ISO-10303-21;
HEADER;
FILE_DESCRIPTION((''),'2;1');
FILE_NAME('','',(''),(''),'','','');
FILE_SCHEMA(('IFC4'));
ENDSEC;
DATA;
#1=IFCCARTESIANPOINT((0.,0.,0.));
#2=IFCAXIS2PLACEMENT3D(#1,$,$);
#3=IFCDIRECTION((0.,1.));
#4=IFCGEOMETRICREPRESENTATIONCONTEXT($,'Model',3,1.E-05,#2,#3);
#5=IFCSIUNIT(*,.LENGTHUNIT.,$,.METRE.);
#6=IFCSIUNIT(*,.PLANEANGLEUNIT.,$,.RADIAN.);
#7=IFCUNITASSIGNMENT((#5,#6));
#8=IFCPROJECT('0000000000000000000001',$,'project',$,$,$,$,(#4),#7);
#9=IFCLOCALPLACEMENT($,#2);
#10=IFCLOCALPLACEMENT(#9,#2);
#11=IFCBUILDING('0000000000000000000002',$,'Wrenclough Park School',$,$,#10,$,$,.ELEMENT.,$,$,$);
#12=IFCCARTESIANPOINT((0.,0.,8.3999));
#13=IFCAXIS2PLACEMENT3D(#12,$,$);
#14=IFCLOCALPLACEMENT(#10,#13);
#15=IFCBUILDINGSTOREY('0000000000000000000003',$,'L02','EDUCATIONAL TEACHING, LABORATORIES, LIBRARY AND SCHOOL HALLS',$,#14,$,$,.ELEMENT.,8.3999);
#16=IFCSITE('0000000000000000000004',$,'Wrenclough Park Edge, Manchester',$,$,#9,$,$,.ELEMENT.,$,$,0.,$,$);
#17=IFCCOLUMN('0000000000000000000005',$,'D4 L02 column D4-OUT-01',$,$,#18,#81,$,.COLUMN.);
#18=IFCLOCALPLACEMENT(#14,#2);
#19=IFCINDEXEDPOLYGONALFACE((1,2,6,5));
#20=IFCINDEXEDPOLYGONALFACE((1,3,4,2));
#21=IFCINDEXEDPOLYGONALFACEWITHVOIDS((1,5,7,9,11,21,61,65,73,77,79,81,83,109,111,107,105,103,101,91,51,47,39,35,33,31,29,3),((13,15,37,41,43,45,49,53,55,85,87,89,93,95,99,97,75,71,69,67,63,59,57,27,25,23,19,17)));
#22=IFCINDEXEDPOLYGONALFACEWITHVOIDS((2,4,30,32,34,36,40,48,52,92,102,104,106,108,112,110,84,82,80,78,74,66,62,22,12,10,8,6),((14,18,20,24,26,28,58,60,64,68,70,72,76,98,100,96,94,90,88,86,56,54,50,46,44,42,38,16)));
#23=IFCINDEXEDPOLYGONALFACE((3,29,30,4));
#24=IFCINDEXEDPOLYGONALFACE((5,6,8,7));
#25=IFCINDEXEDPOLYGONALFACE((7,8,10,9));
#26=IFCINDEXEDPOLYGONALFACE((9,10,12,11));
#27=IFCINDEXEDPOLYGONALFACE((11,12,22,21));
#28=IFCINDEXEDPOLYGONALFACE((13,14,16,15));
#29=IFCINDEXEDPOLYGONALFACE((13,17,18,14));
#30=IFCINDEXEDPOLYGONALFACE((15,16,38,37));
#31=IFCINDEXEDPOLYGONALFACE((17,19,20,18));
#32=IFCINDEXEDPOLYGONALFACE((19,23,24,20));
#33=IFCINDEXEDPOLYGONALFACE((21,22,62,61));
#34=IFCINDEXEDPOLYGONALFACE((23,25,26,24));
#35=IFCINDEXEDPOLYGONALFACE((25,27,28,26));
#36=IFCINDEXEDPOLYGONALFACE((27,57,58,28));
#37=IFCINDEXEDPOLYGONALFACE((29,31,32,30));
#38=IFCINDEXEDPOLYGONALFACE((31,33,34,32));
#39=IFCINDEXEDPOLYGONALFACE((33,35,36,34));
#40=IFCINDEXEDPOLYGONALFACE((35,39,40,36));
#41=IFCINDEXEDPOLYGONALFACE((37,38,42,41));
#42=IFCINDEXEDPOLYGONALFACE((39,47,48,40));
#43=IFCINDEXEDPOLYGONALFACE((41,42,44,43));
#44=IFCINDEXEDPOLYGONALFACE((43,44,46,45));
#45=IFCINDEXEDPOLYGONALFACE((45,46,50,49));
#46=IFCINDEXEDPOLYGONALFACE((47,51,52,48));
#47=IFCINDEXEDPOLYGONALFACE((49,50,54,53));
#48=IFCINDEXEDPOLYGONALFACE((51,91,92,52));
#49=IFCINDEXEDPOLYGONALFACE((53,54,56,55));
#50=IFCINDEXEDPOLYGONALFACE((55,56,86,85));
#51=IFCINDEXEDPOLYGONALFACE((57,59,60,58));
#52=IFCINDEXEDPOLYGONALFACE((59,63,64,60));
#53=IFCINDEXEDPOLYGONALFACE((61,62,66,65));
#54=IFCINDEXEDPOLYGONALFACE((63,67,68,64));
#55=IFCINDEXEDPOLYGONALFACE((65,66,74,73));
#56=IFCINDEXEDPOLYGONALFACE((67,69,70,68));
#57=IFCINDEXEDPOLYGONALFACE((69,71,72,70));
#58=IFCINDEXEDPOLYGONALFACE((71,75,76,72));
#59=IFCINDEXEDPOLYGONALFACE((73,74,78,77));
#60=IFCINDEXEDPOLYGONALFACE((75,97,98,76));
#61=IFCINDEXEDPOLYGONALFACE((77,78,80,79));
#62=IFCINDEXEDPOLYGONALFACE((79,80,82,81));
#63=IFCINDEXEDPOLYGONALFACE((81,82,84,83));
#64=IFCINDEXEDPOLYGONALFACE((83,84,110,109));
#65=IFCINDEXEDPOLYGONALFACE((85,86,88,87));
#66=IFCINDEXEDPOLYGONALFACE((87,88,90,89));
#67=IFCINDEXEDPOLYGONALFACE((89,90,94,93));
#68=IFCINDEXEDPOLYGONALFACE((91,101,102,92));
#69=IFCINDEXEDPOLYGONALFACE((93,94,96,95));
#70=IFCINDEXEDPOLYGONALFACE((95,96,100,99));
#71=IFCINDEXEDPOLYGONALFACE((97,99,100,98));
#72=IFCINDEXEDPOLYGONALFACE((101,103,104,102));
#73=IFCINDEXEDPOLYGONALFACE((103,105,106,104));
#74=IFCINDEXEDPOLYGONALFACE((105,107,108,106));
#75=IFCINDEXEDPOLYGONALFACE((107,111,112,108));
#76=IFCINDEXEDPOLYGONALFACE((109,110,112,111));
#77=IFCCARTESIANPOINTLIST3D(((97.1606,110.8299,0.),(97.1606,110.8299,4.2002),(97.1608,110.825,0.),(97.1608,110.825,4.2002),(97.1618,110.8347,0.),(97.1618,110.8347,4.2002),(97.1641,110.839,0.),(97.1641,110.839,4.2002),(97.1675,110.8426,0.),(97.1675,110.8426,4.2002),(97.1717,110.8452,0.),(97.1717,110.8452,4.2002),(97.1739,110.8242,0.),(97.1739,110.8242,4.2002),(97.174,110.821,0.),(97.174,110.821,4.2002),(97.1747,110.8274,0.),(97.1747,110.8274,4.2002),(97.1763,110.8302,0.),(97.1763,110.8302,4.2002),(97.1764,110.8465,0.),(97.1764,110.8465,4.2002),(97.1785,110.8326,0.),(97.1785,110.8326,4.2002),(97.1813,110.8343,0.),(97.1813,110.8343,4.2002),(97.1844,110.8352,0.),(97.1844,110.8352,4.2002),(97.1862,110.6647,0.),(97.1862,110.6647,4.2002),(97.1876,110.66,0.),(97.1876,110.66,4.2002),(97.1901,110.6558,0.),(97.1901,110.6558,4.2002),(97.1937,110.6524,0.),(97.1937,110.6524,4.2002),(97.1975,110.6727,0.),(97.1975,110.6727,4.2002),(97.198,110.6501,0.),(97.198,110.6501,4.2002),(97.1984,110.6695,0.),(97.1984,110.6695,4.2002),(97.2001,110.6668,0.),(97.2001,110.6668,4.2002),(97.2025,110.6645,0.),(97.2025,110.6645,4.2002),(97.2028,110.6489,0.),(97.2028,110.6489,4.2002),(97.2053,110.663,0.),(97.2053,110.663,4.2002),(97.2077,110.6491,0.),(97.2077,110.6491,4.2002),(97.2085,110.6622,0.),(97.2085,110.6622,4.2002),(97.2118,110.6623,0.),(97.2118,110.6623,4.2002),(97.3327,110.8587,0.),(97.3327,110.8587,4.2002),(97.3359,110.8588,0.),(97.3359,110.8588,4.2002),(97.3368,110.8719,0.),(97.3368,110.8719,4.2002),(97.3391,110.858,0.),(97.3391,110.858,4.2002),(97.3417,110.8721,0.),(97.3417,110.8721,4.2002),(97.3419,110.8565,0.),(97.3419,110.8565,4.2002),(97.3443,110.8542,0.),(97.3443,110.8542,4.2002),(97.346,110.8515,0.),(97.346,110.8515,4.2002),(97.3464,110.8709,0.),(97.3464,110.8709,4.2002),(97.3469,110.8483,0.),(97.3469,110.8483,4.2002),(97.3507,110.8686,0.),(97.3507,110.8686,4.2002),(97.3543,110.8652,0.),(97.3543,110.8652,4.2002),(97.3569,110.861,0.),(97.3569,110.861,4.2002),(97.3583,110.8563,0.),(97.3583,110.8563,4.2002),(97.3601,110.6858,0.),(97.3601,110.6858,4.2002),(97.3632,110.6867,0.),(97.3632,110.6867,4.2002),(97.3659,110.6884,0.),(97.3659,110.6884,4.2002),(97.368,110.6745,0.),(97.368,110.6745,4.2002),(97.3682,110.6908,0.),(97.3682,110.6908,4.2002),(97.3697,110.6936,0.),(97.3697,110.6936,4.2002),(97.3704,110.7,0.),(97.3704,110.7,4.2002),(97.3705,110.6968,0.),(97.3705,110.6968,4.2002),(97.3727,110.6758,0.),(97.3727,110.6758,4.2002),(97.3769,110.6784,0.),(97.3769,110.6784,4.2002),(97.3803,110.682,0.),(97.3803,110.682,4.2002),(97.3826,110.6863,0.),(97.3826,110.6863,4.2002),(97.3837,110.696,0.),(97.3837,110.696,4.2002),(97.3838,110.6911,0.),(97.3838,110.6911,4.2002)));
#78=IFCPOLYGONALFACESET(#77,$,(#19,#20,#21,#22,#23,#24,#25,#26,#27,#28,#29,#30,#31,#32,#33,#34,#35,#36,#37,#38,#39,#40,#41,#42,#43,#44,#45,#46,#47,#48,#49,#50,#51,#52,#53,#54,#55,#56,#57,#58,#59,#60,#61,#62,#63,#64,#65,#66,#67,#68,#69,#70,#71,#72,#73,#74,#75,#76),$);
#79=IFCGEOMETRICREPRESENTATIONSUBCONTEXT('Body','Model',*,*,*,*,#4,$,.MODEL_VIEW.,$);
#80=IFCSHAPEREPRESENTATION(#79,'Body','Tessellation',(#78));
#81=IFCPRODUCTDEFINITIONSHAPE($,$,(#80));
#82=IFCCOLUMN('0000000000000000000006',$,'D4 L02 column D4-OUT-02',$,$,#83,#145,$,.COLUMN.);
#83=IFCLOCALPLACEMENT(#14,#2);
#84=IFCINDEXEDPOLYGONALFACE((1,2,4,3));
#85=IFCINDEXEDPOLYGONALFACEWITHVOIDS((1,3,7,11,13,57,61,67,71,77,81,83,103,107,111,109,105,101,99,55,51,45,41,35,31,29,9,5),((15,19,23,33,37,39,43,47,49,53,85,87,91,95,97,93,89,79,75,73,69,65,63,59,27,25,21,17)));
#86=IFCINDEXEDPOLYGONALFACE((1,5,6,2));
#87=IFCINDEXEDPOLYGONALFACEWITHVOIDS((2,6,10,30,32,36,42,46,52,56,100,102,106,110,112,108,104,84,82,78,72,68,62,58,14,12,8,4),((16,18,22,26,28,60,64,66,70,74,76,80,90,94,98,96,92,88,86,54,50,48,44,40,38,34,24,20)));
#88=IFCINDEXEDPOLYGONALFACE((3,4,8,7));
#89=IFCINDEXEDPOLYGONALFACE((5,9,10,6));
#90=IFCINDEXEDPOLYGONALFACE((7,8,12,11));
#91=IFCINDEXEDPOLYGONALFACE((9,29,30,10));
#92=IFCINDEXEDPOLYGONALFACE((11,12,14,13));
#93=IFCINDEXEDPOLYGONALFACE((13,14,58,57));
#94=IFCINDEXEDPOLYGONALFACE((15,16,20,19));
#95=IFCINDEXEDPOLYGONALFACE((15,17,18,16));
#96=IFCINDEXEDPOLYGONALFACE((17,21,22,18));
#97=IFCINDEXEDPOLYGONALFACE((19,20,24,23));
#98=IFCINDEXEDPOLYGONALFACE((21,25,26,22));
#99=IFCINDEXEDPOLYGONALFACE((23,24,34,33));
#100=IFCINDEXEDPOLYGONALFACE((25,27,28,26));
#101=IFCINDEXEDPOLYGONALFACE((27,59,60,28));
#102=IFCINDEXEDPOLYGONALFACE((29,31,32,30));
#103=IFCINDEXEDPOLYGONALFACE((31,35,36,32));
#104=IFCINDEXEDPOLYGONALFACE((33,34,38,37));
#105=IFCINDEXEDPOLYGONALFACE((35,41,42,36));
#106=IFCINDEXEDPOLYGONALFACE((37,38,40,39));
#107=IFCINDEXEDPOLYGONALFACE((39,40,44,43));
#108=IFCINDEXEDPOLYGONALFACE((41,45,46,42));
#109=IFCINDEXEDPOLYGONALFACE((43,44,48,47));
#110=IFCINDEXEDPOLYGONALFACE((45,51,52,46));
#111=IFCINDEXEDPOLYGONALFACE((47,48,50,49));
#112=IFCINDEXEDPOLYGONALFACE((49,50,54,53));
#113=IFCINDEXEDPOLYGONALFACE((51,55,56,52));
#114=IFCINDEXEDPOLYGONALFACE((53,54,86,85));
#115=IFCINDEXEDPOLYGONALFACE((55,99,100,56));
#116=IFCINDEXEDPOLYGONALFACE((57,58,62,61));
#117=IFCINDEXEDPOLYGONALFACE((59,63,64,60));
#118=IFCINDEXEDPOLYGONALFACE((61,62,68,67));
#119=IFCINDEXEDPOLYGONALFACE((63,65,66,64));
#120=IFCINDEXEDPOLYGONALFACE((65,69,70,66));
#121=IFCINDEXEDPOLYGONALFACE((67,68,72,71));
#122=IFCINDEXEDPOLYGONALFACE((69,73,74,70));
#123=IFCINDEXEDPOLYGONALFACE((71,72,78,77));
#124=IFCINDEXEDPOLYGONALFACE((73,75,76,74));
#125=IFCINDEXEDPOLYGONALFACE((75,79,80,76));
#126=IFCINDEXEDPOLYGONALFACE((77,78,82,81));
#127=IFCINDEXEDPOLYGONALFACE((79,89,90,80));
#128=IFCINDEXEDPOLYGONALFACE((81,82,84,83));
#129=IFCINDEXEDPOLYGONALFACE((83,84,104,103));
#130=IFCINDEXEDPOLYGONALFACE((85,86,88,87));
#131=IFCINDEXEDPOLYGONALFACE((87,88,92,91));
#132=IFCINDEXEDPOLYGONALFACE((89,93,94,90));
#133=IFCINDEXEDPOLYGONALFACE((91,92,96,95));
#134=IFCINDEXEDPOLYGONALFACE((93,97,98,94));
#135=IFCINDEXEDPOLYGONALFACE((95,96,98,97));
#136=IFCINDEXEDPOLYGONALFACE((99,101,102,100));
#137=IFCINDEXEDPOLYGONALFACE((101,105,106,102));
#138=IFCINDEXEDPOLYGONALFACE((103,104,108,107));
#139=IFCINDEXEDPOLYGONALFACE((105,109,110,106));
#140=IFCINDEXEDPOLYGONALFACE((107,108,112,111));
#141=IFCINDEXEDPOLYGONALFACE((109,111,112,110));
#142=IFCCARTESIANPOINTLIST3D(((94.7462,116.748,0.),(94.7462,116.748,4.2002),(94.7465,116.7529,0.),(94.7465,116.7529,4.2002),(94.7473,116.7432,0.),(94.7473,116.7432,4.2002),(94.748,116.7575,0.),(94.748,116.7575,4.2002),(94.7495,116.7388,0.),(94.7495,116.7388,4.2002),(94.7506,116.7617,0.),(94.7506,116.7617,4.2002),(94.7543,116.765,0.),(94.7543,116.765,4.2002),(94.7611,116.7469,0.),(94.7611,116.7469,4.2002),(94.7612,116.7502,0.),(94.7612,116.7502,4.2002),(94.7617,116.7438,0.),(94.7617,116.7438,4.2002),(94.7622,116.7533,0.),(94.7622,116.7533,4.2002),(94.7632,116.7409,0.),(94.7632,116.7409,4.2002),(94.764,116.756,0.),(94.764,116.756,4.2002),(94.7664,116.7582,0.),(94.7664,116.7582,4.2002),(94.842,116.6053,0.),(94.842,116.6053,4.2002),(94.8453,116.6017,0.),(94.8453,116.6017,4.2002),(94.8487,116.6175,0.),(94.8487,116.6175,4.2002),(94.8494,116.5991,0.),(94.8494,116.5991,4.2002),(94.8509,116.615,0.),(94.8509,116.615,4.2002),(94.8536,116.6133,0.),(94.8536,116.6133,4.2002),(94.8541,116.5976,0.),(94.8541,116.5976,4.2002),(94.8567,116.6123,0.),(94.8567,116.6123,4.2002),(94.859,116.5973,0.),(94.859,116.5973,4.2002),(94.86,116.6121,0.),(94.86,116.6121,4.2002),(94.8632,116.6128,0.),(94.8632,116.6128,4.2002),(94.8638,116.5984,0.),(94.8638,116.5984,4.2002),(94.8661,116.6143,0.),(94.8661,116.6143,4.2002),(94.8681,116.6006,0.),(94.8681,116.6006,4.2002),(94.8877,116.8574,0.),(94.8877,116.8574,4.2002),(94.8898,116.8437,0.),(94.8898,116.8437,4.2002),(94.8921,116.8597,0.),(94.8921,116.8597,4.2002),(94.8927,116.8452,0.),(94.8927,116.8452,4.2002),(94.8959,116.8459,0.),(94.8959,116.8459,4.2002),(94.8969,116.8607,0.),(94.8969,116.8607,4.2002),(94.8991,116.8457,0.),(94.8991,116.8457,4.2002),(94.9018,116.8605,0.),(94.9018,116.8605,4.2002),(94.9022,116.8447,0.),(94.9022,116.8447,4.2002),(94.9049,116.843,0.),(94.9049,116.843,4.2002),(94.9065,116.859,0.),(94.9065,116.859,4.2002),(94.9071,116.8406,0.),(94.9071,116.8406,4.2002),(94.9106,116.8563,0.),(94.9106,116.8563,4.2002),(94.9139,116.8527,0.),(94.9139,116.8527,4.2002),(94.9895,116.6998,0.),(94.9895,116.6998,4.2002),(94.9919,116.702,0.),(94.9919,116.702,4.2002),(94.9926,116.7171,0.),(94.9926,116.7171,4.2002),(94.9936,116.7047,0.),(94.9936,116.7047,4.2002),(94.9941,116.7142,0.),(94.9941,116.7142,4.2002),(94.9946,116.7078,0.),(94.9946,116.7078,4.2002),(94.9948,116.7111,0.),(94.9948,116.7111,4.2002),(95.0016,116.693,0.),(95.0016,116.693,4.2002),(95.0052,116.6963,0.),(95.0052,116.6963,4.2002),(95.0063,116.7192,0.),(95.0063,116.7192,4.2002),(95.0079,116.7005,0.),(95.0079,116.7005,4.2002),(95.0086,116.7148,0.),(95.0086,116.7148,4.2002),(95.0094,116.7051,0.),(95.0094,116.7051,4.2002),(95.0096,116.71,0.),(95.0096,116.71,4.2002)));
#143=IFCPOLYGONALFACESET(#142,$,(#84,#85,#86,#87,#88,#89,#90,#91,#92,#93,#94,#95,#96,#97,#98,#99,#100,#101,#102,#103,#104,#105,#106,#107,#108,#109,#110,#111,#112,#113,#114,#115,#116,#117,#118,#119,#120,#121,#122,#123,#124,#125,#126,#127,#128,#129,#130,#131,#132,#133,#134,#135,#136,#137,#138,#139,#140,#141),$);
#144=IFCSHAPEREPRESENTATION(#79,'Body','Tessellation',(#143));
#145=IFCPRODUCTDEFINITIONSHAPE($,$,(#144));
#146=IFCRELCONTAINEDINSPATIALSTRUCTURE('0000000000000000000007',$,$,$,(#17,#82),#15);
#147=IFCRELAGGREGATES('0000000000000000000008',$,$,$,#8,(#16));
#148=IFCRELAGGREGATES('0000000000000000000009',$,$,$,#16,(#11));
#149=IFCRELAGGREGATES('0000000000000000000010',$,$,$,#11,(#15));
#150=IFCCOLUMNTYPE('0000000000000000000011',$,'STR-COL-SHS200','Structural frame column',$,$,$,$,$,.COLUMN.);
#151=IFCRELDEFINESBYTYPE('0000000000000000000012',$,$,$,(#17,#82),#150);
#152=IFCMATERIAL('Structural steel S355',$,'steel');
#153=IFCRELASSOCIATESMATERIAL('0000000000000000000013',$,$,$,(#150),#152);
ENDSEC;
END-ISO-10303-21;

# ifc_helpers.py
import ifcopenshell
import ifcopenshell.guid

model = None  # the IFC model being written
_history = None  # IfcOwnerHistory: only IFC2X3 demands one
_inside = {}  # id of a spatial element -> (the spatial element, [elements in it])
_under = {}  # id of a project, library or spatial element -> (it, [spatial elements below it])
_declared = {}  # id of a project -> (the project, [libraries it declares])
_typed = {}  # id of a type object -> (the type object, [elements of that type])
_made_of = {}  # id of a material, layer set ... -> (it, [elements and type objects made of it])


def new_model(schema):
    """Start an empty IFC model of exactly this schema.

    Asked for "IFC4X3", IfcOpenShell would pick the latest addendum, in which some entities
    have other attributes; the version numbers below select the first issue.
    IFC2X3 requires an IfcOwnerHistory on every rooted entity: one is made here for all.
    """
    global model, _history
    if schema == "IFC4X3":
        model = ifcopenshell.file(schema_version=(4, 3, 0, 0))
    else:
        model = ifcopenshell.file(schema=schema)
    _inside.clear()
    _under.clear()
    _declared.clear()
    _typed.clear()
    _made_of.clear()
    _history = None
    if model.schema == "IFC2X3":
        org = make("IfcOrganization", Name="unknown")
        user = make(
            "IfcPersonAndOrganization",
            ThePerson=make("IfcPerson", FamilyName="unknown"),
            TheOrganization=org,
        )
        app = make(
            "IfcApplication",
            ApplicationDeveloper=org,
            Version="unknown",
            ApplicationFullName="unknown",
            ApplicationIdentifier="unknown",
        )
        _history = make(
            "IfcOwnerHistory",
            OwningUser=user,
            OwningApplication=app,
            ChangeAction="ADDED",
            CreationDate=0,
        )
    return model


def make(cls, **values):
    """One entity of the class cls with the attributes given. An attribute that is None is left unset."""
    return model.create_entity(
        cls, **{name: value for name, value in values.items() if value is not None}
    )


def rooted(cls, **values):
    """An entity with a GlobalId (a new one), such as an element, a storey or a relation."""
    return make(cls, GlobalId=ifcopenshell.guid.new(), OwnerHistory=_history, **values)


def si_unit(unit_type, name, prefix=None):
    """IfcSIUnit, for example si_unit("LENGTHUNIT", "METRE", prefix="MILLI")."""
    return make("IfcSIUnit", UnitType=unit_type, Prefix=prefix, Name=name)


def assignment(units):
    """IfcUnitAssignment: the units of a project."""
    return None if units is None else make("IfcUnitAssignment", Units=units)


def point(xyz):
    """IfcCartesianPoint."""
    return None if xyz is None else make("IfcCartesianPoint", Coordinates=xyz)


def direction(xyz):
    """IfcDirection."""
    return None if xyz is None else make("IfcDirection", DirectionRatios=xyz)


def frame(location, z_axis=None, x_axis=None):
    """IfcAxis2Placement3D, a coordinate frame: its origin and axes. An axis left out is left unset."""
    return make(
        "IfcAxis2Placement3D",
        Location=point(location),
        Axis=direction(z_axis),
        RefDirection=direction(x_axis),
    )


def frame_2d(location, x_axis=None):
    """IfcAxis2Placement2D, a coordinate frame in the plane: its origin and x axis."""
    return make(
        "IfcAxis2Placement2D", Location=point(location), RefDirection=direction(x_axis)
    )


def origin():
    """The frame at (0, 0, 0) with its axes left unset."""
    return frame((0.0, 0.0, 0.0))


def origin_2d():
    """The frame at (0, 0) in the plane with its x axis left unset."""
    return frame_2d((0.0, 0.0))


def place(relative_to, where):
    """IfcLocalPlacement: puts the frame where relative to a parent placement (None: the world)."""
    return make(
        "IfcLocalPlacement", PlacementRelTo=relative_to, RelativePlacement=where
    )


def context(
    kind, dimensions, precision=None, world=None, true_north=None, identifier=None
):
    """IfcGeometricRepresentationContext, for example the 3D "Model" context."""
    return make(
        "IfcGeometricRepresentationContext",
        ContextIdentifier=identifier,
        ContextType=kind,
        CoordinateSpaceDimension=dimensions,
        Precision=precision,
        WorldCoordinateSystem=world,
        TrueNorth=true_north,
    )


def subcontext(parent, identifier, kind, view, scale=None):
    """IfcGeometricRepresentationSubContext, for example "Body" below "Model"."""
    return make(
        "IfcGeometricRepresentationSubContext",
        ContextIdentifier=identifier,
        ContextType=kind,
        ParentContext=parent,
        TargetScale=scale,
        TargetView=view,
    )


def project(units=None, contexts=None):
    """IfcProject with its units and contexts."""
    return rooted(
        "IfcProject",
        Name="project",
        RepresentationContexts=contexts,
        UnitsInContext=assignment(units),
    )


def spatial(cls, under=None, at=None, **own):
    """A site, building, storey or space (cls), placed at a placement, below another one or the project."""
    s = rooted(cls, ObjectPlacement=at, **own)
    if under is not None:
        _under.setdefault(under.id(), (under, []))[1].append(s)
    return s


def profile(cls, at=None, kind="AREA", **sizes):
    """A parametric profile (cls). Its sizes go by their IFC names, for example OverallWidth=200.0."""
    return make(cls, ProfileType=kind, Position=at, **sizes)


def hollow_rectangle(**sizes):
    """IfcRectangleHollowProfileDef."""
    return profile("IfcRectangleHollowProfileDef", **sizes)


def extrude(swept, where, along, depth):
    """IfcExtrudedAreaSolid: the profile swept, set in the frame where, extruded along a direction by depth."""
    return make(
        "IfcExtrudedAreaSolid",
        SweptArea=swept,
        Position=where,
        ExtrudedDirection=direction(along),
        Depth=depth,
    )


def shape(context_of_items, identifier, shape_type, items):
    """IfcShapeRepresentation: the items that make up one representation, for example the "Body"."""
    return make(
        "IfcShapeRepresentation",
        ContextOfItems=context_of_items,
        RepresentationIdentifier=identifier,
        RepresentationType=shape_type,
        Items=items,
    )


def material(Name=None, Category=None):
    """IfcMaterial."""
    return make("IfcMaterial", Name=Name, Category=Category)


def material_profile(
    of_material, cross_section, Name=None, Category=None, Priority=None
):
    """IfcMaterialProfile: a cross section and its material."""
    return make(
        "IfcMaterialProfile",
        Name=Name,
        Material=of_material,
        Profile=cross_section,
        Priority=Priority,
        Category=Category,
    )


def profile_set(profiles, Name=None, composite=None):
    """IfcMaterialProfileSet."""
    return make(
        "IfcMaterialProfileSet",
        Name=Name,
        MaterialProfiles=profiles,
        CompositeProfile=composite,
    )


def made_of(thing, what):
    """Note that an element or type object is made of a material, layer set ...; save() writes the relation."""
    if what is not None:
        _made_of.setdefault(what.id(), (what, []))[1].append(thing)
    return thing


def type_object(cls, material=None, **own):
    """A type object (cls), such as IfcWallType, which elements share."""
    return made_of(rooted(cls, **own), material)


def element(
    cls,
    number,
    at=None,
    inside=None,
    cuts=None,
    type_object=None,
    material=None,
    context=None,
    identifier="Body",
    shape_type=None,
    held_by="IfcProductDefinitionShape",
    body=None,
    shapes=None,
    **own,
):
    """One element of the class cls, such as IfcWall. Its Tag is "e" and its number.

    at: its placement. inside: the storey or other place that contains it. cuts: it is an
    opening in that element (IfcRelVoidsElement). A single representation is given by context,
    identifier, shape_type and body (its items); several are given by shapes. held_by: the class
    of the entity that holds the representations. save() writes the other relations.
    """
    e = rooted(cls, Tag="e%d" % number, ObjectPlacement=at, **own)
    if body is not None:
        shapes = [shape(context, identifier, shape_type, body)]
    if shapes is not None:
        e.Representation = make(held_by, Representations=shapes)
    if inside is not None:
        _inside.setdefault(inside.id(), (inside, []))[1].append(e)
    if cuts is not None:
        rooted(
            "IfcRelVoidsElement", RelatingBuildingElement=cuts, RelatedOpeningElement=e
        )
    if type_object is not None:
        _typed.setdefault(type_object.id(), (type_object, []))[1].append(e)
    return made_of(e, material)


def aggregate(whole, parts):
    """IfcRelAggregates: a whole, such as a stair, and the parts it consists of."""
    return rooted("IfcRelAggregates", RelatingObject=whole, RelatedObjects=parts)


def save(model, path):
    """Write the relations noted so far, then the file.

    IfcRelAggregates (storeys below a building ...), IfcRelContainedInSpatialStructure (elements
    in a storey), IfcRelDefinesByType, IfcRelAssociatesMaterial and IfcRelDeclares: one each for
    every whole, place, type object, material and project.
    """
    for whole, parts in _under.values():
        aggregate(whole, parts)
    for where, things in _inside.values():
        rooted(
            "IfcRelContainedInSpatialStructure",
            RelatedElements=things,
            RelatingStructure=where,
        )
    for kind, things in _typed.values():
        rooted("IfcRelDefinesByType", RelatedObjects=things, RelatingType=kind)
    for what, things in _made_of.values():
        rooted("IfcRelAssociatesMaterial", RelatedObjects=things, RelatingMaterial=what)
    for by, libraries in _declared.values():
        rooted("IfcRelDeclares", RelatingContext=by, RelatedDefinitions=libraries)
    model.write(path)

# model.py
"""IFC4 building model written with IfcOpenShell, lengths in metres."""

from ifc_helpers import new_model, si_unit, direction, frame, origin, origin_2d, place, context, subcontext, project, spatial, hollow_rectangle, extrude, material, material_profile, profile_set, type_object, element, save


model = new_model("IFC4")

# Units and contexts
model_context = context("Model", 3, precision=1e-05, world=origin(), true_north=direction((0.0, 1.0)))
body_context = subcontext(model_context, "Body", "Model", "MODEL_VIEW")
ifc_project = project(units=[si_unit("LENGTHUNIT", "METRE"), si_unit("PLANEANGLEUNIT", "RADIAN")], contexts=[model_context])

# Site, building, storey
site_placement = place(None, origin())
site = spatial("IfcSite", under=ifc_project, at=site_placement, Name="Wrenclough Park Edge, Manchester", CompositionType="ELEMENT", RefElevation=0.0)
building_placement = place(site_placement, origin())
building = spatial("IfcBuilding", under=site, at=building_placement, Name="Wrenclough Park School", CompositionType="ELEMENT")
storey_placement = place(building_placement, frame((0.0, 0.0, 8.3999)))
storey = spatial("IfcBuildingStorey", under=building, at=storey_placement, Name="L02", Description="EDUCATIONAL TEACHING, LABORATORIES, LIBRARY AND SCHOOL HALLS", CompositionType="ELEMENT", Elevation=8.3999)

# Columns
ifc_material_1 = material(Name="Structural steel S355", Category="steel")
ifc_material_profile_1 = material_profile(ifc_material_1, hollow_rectangle(XDim=0.2, YDim=0.2, WallThickness=0.0125, InnerFilletRadius=0.0125, OuterFilletRadius=0.0188, at=origin_2d()), Name="SHS 200x200x12.5")
ifc_profile_set_1 = profile_set([ifc_material_profile_1], Name="Structural steel S355")
column_type = type_object("IfcColumnType", Name="STR-COL-SHS200", Description="Structural frame column", PredefinedType="COLUMN", material=ifc_profile_set_1)
for number, where, z_axis, x_axis, name in (
    (1, (97.2722, 110.7605, 0.0), (0.0, 0.0, 1.0), (-0.156434, 0.987688, 0.0), "D4 L02 column D4-OUT-01"),
    (2, (94.8779, 116.729, 0.0), (0.0, 0.0, 1.0), (-0.569423, 0.822045, 0.0), "D4 L02 column D4-OUT-02"),
):
    element("IfcColumn", number, at=place(storey_placement, frame(where, z_axis=z_axis, x_axis=x_axis)), inside=storey, type_object=column_type, Name=name, PredefinedType="COLUMN", context=body_context, shape_type="SweptSolid", body=[
        extrude(hollow_rectangle(XDim=0.2, YDim=0.2, WallThickness=0.0125, InnerFilletRadius=0.0125, OuterFilletRadius=0.0188, at=origin_2d()), origin(), (0.0, 0.0, 1.0), 4.2002),
    ])

save(model, "model.ifc")
